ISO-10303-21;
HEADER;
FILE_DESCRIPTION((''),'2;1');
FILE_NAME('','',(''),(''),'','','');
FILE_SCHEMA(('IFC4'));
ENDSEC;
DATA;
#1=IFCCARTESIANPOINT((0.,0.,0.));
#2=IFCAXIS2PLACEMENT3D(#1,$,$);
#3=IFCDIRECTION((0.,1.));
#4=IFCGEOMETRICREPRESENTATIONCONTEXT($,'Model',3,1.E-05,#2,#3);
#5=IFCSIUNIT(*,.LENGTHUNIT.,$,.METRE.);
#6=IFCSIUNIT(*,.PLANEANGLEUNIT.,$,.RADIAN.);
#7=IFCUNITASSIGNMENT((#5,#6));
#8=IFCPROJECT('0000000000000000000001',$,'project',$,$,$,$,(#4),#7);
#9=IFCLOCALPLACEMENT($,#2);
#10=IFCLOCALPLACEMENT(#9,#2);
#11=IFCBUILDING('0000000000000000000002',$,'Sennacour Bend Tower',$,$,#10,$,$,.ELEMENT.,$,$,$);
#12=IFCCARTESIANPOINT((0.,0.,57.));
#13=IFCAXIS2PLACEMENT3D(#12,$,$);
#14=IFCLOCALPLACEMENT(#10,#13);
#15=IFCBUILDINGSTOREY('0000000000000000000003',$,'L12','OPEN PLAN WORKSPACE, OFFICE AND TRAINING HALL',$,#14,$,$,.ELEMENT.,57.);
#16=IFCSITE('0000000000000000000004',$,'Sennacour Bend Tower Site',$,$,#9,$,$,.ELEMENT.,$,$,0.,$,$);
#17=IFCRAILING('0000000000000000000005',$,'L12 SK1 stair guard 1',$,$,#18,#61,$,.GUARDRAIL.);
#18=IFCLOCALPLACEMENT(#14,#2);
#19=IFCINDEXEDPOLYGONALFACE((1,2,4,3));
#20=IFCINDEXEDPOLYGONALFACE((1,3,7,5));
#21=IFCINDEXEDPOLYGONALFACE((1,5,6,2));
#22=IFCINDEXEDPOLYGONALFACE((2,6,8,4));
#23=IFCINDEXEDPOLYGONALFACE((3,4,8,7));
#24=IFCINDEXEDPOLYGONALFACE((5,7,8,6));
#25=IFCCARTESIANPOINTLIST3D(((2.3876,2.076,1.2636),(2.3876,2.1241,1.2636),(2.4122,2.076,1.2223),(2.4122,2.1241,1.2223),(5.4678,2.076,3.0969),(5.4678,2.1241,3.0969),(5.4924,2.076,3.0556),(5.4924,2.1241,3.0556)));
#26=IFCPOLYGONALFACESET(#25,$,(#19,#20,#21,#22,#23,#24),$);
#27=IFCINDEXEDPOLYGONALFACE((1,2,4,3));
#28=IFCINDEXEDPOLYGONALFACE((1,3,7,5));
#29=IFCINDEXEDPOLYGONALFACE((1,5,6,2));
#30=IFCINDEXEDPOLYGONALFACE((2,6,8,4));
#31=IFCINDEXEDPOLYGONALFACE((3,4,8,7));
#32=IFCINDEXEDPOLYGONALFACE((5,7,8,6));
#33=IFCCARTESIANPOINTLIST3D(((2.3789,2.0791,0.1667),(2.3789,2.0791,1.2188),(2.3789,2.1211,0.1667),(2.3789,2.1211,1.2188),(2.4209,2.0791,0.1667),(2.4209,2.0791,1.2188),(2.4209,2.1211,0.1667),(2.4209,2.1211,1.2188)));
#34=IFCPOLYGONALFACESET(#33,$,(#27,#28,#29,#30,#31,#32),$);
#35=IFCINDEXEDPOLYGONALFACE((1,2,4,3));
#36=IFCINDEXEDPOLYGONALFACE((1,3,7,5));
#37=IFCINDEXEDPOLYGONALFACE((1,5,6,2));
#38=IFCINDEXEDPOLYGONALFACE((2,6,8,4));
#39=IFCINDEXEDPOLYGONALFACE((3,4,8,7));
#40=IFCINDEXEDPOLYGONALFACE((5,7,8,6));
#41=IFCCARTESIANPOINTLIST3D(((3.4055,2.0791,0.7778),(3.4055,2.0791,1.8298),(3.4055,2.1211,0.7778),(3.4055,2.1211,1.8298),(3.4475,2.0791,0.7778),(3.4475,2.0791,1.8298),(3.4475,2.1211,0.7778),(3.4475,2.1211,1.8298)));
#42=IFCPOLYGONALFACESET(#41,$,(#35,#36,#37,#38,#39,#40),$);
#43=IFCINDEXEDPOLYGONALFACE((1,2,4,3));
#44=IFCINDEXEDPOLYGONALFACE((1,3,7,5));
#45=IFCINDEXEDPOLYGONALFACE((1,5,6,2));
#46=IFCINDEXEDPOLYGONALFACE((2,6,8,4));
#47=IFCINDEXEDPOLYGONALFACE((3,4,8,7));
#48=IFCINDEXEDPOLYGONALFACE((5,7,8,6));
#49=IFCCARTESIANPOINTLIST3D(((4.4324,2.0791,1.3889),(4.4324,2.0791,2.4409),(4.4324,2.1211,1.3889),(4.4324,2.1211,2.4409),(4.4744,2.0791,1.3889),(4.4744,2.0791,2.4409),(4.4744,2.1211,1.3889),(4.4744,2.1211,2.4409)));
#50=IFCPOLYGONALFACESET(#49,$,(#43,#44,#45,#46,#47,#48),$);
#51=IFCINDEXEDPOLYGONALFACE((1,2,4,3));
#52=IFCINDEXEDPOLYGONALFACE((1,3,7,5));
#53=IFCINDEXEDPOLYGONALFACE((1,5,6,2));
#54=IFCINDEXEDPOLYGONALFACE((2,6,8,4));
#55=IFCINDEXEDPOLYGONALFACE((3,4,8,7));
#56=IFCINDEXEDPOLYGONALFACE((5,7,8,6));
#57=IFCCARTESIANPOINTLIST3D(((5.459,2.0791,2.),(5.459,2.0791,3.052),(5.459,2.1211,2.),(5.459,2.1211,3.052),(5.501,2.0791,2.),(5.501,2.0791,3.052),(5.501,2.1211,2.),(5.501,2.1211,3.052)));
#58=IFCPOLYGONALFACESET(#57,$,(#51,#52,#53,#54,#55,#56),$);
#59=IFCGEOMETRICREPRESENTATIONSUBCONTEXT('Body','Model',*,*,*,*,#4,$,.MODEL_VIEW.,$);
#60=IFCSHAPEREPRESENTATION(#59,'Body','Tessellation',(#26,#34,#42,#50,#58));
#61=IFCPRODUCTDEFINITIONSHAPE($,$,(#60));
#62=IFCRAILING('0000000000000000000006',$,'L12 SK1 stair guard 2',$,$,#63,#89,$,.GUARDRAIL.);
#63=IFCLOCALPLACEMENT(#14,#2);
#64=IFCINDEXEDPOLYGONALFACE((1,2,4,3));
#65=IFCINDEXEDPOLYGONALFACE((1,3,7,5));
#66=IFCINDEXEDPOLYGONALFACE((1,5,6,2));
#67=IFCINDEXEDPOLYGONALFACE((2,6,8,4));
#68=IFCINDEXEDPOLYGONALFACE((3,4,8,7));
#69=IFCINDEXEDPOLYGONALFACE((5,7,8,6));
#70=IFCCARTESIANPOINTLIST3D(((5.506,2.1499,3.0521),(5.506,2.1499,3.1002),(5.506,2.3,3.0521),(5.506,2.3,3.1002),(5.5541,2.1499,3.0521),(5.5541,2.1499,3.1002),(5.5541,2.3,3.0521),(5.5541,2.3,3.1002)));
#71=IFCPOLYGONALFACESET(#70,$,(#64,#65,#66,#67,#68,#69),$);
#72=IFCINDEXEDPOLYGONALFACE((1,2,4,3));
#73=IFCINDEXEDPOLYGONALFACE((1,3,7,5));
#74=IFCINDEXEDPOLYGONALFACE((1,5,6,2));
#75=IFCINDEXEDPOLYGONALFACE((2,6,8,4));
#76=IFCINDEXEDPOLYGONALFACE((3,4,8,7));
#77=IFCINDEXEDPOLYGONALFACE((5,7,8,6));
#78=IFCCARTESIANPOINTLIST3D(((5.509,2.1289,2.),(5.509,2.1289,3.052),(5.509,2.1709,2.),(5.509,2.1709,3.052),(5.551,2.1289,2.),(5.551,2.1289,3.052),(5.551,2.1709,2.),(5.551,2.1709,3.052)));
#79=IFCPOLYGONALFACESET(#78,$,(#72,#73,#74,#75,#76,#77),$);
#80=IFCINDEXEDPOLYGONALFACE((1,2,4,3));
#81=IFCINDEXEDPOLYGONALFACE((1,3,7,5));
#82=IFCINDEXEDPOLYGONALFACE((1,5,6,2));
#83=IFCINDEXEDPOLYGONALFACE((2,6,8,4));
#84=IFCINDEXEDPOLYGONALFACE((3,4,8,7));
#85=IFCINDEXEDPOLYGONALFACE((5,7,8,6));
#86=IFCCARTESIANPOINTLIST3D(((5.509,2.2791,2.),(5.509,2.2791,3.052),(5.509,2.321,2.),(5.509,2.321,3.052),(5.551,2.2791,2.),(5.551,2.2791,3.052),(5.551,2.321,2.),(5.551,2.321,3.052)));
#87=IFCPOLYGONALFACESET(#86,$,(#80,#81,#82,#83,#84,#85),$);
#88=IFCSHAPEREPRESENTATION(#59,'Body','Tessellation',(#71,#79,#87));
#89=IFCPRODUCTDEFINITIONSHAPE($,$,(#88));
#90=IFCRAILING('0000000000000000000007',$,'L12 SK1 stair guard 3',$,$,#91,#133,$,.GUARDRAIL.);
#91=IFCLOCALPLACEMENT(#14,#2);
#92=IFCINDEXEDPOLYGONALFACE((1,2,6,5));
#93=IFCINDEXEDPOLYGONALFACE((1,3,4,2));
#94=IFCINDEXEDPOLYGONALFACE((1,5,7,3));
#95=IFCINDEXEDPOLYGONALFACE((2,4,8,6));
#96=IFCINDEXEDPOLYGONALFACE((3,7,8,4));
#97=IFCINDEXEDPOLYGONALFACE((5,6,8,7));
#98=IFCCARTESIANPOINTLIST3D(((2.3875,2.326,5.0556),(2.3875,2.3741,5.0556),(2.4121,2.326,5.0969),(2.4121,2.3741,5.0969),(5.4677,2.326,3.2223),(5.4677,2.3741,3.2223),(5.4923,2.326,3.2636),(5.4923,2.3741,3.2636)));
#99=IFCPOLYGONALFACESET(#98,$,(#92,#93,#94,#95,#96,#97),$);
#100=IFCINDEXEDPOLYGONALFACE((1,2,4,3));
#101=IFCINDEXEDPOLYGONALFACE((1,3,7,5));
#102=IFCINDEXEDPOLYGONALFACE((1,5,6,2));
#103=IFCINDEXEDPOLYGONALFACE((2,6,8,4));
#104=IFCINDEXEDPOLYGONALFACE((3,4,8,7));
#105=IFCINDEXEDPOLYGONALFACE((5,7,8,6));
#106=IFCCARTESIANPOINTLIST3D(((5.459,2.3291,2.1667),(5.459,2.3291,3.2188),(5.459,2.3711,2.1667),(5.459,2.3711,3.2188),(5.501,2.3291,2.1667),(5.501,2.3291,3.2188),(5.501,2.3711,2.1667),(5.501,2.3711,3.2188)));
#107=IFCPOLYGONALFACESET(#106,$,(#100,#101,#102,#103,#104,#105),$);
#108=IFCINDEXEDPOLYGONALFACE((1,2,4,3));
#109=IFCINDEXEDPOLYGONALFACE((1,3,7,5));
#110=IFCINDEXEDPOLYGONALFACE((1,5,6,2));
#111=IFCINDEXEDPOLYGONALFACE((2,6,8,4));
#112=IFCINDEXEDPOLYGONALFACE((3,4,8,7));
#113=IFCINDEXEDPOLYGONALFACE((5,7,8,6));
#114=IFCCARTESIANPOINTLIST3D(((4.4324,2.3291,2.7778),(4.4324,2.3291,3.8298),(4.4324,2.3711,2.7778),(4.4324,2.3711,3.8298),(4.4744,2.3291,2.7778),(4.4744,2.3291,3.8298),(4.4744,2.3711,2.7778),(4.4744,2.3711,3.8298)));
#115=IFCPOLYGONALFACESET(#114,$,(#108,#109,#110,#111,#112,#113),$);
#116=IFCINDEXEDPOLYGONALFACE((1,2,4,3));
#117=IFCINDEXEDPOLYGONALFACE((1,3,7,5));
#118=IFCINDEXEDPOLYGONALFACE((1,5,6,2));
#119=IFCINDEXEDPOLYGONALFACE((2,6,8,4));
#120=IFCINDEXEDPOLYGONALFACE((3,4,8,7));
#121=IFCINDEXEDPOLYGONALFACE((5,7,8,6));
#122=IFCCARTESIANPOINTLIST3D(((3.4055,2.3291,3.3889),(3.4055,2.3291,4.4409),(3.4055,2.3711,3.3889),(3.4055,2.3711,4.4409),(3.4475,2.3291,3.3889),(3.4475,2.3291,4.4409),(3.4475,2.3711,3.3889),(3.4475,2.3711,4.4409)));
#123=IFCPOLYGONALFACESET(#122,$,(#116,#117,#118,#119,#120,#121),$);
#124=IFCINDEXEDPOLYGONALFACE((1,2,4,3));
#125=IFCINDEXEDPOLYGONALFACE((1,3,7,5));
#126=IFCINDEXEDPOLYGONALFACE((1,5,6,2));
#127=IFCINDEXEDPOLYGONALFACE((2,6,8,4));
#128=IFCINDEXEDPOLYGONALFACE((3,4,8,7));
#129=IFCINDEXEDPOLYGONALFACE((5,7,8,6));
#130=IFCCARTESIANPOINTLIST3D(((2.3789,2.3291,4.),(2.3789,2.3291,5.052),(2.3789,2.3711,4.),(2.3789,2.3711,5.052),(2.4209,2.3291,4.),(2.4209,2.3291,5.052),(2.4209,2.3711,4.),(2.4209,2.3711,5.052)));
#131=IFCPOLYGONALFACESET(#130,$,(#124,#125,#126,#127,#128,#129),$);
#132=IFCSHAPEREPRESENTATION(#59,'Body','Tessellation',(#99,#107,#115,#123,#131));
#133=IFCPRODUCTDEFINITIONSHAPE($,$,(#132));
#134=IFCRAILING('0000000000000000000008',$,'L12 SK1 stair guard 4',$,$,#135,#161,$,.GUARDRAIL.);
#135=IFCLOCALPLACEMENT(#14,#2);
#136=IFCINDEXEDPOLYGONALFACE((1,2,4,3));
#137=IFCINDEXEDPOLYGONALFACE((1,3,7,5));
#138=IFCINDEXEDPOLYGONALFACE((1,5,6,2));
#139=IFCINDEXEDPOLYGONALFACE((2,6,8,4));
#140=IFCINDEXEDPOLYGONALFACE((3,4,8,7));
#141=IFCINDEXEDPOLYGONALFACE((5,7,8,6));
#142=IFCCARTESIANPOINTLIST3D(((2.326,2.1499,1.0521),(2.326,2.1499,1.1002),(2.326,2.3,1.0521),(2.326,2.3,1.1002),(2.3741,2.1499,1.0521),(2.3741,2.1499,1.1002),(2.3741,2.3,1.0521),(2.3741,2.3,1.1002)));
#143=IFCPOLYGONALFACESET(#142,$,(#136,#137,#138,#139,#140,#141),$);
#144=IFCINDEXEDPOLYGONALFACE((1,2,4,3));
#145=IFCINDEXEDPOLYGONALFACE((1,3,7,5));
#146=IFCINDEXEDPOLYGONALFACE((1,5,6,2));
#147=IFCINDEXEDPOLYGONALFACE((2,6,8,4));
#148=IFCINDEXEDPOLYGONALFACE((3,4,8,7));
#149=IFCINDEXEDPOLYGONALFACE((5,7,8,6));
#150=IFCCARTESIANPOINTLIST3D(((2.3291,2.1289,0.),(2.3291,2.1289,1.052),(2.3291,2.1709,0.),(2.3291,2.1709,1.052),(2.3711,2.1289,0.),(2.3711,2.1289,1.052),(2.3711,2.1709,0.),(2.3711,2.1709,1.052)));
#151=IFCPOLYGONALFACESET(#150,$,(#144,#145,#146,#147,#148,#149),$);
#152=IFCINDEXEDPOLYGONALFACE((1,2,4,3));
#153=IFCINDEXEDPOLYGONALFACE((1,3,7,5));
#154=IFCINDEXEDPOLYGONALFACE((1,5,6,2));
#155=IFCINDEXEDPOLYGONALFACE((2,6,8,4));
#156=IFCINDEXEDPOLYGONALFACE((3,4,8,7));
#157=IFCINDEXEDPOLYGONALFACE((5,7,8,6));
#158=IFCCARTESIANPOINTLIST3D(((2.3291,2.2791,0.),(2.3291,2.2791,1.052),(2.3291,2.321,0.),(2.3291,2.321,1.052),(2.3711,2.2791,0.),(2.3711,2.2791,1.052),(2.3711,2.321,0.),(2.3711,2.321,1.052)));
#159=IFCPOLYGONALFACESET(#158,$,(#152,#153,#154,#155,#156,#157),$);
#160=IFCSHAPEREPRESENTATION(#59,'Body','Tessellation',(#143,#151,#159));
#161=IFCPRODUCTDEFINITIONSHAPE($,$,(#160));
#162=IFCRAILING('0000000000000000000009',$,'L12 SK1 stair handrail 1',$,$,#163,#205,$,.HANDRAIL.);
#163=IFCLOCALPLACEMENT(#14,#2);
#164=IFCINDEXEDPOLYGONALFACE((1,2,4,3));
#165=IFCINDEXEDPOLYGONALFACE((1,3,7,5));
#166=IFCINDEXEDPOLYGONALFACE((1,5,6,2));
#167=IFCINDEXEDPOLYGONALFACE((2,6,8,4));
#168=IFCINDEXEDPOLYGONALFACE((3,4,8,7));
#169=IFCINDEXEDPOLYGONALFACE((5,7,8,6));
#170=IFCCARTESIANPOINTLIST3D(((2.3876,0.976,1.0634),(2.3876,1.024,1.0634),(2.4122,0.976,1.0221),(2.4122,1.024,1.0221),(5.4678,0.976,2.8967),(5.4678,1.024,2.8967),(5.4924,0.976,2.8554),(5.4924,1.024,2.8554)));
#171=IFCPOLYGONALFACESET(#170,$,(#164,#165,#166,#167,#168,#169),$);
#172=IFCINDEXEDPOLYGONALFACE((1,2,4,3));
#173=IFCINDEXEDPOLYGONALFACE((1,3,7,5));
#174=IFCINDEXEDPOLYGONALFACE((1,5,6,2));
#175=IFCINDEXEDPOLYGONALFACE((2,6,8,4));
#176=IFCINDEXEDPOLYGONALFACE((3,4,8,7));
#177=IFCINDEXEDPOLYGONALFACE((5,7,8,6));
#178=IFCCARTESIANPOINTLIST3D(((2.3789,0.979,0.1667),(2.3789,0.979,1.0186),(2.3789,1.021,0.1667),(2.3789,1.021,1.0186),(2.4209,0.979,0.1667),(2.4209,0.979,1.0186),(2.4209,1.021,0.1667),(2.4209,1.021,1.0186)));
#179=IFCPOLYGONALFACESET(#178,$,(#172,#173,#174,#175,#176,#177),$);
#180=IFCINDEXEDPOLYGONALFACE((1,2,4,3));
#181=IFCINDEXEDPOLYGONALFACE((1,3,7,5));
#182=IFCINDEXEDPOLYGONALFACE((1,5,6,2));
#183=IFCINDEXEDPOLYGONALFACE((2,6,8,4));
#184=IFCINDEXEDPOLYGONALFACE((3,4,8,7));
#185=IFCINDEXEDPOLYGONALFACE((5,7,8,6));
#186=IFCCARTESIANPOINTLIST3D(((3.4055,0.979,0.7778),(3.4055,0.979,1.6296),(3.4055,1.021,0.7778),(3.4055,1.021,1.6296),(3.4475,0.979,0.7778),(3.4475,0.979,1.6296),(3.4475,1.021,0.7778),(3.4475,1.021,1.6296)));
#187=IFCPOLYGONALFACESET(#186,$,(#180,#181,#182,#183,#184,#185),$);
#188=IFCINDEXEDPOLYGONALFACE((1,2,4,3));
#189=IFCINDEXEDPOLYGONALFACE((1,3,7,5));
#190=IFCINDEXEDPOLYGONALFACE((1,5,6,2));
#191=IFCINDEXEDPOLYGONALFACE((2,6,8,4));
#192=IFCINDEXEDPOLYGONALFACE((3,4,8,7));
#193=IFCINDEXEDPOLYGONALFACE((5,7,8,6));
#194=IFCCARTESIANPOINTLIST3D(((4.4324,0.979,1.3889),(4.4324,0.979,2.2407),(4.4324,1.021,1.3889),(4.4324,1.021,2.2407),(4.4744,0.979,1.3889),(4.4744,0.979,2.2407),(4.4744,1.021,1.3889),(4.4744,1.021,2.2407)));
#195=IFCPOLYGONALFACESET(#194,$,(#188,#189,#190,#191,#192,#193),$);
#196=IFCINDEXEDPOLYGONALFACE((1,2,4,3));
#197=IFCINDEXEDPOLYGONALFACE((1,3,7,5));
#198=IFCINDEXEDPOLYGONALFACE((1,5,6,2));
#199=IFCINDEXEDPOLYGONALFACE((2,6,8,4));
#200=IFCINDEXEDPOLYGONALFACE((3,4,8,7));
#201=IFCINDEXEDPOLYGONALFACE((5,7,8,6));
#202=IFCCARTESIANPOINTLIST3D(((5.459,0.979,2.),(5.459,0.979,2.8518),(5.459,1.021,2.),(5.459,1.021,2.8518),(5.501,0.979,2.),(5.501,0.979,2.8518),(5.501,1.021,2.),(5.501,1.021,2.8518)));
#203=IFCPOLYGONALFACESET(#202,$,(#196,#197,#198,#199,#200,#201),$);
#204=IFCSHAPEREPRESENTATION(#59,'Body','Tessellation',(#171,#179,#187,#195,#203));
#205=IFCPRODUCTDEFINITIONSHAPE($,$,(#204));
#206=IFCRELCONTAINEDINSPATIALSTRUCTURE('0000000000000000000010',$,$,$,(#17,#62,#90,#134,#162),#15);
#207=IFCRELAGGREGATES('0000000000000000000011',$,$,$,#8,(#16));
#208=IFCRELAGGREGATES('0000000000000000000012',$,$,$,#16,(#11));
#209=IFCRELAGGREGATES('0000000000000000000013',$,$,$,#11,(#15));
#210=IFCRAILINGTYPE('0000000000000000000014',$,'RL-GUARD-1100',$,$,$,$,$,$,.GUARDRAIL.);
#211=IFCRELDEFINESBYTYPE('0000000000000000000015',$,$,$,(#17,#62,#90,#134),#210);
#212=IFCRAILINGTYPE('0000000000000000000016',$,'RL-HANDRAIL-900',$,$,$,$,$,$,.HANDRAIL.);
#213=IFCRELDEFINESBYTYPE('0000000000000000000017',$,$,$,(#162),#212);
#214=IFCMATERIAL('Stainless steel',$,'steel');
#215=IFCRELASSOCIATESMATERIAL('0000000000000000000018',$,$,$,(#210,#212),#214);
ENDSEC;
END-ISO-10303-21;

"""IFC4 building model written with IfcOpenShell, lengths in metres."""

from ifc_helpers import new_model, si_unit, direction, frame, origin, origin_2d, place, context, subcontext, project, spatial, rectangle, extrude, material, type_object, element, save


model = new_model("IFC4")

# Units and contexts
model_context = context("Model", 3, precision=1e-05, world=origin(), true_north=direction((0.0, 1.0)))
body_context = subcontext(model_context, "Body", "Model", "MODEL_VIEW")
ifc_project = project(units=[si_unit("LENGTHUNIT", "METRE"), si_unit("PLANEANGLEUNIT", "RADIAN")], contexts=[model_context])

# Site, building, storey
site_placement = place(None, origin())
site = spatial("IfcSite", under=ifc_project, at=site_placement, Name="Sennacour Bend Tower Site", CompositionType="ELEMENT", RefElevation=0.0)
building_placement = place(site_placement, origin())
building = spatial("IfcBuilding", under=site, at=building_placement, Name="Sennacour Bend Tower", CompositionType="ELEMENT")
storey_placement = place(building_placement, frame((0.0, 0.0, 57.0)))
storey = spatial("IfcBuildingStorey", under=building, at=storey_placement, Name="L12", Description="OPEN PLAN WORKSPACE, OFFICE AND TRAINING HALL", CompositionType="ELEMENT", Elevation=57.0)

# Railings
ifc_material_1 = material(Name="Stainless steel", Category="steel")
railing_type_1 = type_object("IfcRailingType", Name="RL-GUARD-1100", PredefinedType="GUARDRAIL", material=ifc_material_1)
railing_1_placement = place(storey_placement, frame((2.3999, 2.1001, 0.1667)))
element("IfcRailing", 1, at=railing_1_placement, inside=storey, type_object=railing_type_1, Name="L12 SK1 stair guard 1", PredefinedType="GUARDRAIL", context=body_context, shape_type="SweptSolid", body=[
    extrude(rectangle(XDim=0.0481, YDim=0.0481, at=origin_2d()), frame((0.0, 0.0, 1.0762), z_axis=(0.859309, 0.0, 0.511458), x_axis=(0.0, 1.0, 0.0)), (0.0, 0.0, 1.0), 3.5845),
    extrude(rectangle(XDim=0.042, YDim=0.042, at=origin_2d()), origin(), (0.0, 0.0, 1.0), 1.052),
    extrude(rectangle(XDim=0.042, YDim=0.042, at=origin_2d()), frame((1.0266, 0.0, 0.6111)), (0.0, 0.0, 1.0), 1.052),
    extrude(rectangle(XDim=0.042, YDim=0.042, at=origin_2d()), frame((2.0535, 0.0, 1.2222)), (0.0, 0.0, 1.0), 1.052),
    extrude(rectangle(XDim=0.042, YDim=0.042, at=origin_2d()), frame((3.0801, 0.0, 1.8333)), (0.0, 0.0, 1.0), 1.052),
])
railing_2_placement = place(storey_placement, frame((5.53, 2.1499, 2.0)))
element("IfcRailing", 2, at=railing_2_placement, inside=storey, type_object=railing_type_1, Name="L12 SK1 stair guard 2", PredefinedType="GUARDRAIL", context=body_context, shape_type="SweptSolid", body=[
    extrude(rectangle(XDim=0.0481, YDim=0.0481, at=origin_2d()), frame((0.0, 0.0, 1.0762), z_axis=(0.0, 1.0, 0.0), x_axis=(-1.0, 0.0, 0.0)), (0.0, 0.0, 1.0), 0.1501),
    extrude(rectangle(XDim=0.042, YDim=0.042, at=origin_2d()), origin(), (0.0, 0.0, 1.0), 1.052),
    extrude(rectangle(XDim=0.042, YDim=0.042, at=origin_2d()), frame((0.0, 0.1501, 0.0)), (0.0, 0.0, 1.0), 1.052),
])
railing_3_placement = place(storey_placement, frame((5.48, 2.3501, 2.1667)))
element("IfcRailing", 3, at=railing_3_placement, inside=storey, type_object=railing_type_1, Name="L12 SK1 stair guard 3", PredefinedType="GUARDRAIL", context=body_context, shape_type="SweptSolid", body=[
    extrude(rectangle(XDim=0.0481, YDim=0.0481, at=origin_2d()), frame((0.0, 0.0, 1.0762), z_axis=(-0.859309, 0.0, 0.511458), x_axis=(0.0, -1.0, 0.0)), (0.0, 0.0, 1.0), 3.5845),
    extrude(rectangle(XDim=0.042, YDim=0.042, at=origin_2d()), origin(), (0.0, 0.0, 1.0), 1.052),
    extrude(rectangle(XDim=0.042, YDim=0.042, at=origin_2d()), frame((-1.0266, 0.0, 0.6111)), (0.0, 0.0, 1.0), 1.052),
    extrude(rectangle(XDim=0.042, YDim=0.042, at=origin_2d()), frame((-2.0535, 0.0, 1.2222)), (0.0, 0.0, 1.0), 1.052),
    extrude(rectangle(XDim=0.042, YDim=0.042, at=origin_2d()), frame((-3.0801, 0.0, 1.8333)), (0.0, 0.0, 1.0), 1.052),
])
railing_4_placement = place(storey_placement, frame((2.3501, 2.1499, 0.0)))
element("IfcRailing", 4, at=railing_4_placement, inside=storey, type_object=railing_type_1, Name="L12 SK1 stair guard 4", PredefinedType="GUARDRAIL", context=body_context, shape_type="SweptSolid", body=[
    extrude(rectangle(XDim=0.0481, YDim=0.0481, at=origin_2d()), frame((0.0, 0.0, 1.0762), z_axis=(0.0, 1.0, 0.0), x_axis=(-1.0, 0.0, 0.0)), (0.0, 0.0, 1.0), 0.1501),
    extrude(rectangle(XDim=0.042, YDim=0.042, at=origin_2d()), origin(), (0.0, 0.0, 1.0), 1.052),
    extrude(rectangle(XDim=0.042, YDim=0.042, at=origin_2d()), frame((0.0, 0.1501, 0.0)), (0.0, 0.0, 1.0), 1.052),
])
railing_type_2 = type_object("IfcRailingType", Name="RL-HANDRAIL-900", PredefinedType="HANDRAIL", material=ifc_material_1)
railing_5_placement = place(storey_placement, frame((2.3999, 1.0, 0.1667)))
element("IfcRailing", 5, at=railing_5_placement, inside=storey, type_object=railing_type_2, Name="L12 SK1 stair handrail 1", PredefinedType="HANDRAIL", context=body_context, shape_type="SweptSolid", body=[
    extrude(rectangle(XDim=0.0481, YDim=0.0481, at=origin_2d()), frame((0.0, 0.0, 0.876), z_axis=(0.859309, 0.0, 0.511458), x_axis=(0.0, 1.0, 0.0)), (0.0, 0.0, 1.0), 3.5845),
    extrude(rectangle(XDim=0.042, YDim=0.042, at=origin_2d()), origin(), (0.0, 0.0, 1.0), 0.8518),
    extrude(rectangle(XDim=0.042, YDim=0.042, at=origin_2d()), frame((1.0266, 0.0, 0.6111)), (0.0, 0.0, 1.0), 0.8518),
    extrude(rectangle(XDim=0.042, YDim=0.042, at=origin_2d()), frame((2.0535, 0.0, 1.2222)), (0.0, 0.0, 1.0), 0.8518),
    extrude(rectangle(XDim=0.042, YDim=0.042, at=origin_2d()), frame((3.0801, 0.0, 1.8333)), (0.0, 0.0, 1.0), 0.8518),
])

save(model, "model.ifc")
